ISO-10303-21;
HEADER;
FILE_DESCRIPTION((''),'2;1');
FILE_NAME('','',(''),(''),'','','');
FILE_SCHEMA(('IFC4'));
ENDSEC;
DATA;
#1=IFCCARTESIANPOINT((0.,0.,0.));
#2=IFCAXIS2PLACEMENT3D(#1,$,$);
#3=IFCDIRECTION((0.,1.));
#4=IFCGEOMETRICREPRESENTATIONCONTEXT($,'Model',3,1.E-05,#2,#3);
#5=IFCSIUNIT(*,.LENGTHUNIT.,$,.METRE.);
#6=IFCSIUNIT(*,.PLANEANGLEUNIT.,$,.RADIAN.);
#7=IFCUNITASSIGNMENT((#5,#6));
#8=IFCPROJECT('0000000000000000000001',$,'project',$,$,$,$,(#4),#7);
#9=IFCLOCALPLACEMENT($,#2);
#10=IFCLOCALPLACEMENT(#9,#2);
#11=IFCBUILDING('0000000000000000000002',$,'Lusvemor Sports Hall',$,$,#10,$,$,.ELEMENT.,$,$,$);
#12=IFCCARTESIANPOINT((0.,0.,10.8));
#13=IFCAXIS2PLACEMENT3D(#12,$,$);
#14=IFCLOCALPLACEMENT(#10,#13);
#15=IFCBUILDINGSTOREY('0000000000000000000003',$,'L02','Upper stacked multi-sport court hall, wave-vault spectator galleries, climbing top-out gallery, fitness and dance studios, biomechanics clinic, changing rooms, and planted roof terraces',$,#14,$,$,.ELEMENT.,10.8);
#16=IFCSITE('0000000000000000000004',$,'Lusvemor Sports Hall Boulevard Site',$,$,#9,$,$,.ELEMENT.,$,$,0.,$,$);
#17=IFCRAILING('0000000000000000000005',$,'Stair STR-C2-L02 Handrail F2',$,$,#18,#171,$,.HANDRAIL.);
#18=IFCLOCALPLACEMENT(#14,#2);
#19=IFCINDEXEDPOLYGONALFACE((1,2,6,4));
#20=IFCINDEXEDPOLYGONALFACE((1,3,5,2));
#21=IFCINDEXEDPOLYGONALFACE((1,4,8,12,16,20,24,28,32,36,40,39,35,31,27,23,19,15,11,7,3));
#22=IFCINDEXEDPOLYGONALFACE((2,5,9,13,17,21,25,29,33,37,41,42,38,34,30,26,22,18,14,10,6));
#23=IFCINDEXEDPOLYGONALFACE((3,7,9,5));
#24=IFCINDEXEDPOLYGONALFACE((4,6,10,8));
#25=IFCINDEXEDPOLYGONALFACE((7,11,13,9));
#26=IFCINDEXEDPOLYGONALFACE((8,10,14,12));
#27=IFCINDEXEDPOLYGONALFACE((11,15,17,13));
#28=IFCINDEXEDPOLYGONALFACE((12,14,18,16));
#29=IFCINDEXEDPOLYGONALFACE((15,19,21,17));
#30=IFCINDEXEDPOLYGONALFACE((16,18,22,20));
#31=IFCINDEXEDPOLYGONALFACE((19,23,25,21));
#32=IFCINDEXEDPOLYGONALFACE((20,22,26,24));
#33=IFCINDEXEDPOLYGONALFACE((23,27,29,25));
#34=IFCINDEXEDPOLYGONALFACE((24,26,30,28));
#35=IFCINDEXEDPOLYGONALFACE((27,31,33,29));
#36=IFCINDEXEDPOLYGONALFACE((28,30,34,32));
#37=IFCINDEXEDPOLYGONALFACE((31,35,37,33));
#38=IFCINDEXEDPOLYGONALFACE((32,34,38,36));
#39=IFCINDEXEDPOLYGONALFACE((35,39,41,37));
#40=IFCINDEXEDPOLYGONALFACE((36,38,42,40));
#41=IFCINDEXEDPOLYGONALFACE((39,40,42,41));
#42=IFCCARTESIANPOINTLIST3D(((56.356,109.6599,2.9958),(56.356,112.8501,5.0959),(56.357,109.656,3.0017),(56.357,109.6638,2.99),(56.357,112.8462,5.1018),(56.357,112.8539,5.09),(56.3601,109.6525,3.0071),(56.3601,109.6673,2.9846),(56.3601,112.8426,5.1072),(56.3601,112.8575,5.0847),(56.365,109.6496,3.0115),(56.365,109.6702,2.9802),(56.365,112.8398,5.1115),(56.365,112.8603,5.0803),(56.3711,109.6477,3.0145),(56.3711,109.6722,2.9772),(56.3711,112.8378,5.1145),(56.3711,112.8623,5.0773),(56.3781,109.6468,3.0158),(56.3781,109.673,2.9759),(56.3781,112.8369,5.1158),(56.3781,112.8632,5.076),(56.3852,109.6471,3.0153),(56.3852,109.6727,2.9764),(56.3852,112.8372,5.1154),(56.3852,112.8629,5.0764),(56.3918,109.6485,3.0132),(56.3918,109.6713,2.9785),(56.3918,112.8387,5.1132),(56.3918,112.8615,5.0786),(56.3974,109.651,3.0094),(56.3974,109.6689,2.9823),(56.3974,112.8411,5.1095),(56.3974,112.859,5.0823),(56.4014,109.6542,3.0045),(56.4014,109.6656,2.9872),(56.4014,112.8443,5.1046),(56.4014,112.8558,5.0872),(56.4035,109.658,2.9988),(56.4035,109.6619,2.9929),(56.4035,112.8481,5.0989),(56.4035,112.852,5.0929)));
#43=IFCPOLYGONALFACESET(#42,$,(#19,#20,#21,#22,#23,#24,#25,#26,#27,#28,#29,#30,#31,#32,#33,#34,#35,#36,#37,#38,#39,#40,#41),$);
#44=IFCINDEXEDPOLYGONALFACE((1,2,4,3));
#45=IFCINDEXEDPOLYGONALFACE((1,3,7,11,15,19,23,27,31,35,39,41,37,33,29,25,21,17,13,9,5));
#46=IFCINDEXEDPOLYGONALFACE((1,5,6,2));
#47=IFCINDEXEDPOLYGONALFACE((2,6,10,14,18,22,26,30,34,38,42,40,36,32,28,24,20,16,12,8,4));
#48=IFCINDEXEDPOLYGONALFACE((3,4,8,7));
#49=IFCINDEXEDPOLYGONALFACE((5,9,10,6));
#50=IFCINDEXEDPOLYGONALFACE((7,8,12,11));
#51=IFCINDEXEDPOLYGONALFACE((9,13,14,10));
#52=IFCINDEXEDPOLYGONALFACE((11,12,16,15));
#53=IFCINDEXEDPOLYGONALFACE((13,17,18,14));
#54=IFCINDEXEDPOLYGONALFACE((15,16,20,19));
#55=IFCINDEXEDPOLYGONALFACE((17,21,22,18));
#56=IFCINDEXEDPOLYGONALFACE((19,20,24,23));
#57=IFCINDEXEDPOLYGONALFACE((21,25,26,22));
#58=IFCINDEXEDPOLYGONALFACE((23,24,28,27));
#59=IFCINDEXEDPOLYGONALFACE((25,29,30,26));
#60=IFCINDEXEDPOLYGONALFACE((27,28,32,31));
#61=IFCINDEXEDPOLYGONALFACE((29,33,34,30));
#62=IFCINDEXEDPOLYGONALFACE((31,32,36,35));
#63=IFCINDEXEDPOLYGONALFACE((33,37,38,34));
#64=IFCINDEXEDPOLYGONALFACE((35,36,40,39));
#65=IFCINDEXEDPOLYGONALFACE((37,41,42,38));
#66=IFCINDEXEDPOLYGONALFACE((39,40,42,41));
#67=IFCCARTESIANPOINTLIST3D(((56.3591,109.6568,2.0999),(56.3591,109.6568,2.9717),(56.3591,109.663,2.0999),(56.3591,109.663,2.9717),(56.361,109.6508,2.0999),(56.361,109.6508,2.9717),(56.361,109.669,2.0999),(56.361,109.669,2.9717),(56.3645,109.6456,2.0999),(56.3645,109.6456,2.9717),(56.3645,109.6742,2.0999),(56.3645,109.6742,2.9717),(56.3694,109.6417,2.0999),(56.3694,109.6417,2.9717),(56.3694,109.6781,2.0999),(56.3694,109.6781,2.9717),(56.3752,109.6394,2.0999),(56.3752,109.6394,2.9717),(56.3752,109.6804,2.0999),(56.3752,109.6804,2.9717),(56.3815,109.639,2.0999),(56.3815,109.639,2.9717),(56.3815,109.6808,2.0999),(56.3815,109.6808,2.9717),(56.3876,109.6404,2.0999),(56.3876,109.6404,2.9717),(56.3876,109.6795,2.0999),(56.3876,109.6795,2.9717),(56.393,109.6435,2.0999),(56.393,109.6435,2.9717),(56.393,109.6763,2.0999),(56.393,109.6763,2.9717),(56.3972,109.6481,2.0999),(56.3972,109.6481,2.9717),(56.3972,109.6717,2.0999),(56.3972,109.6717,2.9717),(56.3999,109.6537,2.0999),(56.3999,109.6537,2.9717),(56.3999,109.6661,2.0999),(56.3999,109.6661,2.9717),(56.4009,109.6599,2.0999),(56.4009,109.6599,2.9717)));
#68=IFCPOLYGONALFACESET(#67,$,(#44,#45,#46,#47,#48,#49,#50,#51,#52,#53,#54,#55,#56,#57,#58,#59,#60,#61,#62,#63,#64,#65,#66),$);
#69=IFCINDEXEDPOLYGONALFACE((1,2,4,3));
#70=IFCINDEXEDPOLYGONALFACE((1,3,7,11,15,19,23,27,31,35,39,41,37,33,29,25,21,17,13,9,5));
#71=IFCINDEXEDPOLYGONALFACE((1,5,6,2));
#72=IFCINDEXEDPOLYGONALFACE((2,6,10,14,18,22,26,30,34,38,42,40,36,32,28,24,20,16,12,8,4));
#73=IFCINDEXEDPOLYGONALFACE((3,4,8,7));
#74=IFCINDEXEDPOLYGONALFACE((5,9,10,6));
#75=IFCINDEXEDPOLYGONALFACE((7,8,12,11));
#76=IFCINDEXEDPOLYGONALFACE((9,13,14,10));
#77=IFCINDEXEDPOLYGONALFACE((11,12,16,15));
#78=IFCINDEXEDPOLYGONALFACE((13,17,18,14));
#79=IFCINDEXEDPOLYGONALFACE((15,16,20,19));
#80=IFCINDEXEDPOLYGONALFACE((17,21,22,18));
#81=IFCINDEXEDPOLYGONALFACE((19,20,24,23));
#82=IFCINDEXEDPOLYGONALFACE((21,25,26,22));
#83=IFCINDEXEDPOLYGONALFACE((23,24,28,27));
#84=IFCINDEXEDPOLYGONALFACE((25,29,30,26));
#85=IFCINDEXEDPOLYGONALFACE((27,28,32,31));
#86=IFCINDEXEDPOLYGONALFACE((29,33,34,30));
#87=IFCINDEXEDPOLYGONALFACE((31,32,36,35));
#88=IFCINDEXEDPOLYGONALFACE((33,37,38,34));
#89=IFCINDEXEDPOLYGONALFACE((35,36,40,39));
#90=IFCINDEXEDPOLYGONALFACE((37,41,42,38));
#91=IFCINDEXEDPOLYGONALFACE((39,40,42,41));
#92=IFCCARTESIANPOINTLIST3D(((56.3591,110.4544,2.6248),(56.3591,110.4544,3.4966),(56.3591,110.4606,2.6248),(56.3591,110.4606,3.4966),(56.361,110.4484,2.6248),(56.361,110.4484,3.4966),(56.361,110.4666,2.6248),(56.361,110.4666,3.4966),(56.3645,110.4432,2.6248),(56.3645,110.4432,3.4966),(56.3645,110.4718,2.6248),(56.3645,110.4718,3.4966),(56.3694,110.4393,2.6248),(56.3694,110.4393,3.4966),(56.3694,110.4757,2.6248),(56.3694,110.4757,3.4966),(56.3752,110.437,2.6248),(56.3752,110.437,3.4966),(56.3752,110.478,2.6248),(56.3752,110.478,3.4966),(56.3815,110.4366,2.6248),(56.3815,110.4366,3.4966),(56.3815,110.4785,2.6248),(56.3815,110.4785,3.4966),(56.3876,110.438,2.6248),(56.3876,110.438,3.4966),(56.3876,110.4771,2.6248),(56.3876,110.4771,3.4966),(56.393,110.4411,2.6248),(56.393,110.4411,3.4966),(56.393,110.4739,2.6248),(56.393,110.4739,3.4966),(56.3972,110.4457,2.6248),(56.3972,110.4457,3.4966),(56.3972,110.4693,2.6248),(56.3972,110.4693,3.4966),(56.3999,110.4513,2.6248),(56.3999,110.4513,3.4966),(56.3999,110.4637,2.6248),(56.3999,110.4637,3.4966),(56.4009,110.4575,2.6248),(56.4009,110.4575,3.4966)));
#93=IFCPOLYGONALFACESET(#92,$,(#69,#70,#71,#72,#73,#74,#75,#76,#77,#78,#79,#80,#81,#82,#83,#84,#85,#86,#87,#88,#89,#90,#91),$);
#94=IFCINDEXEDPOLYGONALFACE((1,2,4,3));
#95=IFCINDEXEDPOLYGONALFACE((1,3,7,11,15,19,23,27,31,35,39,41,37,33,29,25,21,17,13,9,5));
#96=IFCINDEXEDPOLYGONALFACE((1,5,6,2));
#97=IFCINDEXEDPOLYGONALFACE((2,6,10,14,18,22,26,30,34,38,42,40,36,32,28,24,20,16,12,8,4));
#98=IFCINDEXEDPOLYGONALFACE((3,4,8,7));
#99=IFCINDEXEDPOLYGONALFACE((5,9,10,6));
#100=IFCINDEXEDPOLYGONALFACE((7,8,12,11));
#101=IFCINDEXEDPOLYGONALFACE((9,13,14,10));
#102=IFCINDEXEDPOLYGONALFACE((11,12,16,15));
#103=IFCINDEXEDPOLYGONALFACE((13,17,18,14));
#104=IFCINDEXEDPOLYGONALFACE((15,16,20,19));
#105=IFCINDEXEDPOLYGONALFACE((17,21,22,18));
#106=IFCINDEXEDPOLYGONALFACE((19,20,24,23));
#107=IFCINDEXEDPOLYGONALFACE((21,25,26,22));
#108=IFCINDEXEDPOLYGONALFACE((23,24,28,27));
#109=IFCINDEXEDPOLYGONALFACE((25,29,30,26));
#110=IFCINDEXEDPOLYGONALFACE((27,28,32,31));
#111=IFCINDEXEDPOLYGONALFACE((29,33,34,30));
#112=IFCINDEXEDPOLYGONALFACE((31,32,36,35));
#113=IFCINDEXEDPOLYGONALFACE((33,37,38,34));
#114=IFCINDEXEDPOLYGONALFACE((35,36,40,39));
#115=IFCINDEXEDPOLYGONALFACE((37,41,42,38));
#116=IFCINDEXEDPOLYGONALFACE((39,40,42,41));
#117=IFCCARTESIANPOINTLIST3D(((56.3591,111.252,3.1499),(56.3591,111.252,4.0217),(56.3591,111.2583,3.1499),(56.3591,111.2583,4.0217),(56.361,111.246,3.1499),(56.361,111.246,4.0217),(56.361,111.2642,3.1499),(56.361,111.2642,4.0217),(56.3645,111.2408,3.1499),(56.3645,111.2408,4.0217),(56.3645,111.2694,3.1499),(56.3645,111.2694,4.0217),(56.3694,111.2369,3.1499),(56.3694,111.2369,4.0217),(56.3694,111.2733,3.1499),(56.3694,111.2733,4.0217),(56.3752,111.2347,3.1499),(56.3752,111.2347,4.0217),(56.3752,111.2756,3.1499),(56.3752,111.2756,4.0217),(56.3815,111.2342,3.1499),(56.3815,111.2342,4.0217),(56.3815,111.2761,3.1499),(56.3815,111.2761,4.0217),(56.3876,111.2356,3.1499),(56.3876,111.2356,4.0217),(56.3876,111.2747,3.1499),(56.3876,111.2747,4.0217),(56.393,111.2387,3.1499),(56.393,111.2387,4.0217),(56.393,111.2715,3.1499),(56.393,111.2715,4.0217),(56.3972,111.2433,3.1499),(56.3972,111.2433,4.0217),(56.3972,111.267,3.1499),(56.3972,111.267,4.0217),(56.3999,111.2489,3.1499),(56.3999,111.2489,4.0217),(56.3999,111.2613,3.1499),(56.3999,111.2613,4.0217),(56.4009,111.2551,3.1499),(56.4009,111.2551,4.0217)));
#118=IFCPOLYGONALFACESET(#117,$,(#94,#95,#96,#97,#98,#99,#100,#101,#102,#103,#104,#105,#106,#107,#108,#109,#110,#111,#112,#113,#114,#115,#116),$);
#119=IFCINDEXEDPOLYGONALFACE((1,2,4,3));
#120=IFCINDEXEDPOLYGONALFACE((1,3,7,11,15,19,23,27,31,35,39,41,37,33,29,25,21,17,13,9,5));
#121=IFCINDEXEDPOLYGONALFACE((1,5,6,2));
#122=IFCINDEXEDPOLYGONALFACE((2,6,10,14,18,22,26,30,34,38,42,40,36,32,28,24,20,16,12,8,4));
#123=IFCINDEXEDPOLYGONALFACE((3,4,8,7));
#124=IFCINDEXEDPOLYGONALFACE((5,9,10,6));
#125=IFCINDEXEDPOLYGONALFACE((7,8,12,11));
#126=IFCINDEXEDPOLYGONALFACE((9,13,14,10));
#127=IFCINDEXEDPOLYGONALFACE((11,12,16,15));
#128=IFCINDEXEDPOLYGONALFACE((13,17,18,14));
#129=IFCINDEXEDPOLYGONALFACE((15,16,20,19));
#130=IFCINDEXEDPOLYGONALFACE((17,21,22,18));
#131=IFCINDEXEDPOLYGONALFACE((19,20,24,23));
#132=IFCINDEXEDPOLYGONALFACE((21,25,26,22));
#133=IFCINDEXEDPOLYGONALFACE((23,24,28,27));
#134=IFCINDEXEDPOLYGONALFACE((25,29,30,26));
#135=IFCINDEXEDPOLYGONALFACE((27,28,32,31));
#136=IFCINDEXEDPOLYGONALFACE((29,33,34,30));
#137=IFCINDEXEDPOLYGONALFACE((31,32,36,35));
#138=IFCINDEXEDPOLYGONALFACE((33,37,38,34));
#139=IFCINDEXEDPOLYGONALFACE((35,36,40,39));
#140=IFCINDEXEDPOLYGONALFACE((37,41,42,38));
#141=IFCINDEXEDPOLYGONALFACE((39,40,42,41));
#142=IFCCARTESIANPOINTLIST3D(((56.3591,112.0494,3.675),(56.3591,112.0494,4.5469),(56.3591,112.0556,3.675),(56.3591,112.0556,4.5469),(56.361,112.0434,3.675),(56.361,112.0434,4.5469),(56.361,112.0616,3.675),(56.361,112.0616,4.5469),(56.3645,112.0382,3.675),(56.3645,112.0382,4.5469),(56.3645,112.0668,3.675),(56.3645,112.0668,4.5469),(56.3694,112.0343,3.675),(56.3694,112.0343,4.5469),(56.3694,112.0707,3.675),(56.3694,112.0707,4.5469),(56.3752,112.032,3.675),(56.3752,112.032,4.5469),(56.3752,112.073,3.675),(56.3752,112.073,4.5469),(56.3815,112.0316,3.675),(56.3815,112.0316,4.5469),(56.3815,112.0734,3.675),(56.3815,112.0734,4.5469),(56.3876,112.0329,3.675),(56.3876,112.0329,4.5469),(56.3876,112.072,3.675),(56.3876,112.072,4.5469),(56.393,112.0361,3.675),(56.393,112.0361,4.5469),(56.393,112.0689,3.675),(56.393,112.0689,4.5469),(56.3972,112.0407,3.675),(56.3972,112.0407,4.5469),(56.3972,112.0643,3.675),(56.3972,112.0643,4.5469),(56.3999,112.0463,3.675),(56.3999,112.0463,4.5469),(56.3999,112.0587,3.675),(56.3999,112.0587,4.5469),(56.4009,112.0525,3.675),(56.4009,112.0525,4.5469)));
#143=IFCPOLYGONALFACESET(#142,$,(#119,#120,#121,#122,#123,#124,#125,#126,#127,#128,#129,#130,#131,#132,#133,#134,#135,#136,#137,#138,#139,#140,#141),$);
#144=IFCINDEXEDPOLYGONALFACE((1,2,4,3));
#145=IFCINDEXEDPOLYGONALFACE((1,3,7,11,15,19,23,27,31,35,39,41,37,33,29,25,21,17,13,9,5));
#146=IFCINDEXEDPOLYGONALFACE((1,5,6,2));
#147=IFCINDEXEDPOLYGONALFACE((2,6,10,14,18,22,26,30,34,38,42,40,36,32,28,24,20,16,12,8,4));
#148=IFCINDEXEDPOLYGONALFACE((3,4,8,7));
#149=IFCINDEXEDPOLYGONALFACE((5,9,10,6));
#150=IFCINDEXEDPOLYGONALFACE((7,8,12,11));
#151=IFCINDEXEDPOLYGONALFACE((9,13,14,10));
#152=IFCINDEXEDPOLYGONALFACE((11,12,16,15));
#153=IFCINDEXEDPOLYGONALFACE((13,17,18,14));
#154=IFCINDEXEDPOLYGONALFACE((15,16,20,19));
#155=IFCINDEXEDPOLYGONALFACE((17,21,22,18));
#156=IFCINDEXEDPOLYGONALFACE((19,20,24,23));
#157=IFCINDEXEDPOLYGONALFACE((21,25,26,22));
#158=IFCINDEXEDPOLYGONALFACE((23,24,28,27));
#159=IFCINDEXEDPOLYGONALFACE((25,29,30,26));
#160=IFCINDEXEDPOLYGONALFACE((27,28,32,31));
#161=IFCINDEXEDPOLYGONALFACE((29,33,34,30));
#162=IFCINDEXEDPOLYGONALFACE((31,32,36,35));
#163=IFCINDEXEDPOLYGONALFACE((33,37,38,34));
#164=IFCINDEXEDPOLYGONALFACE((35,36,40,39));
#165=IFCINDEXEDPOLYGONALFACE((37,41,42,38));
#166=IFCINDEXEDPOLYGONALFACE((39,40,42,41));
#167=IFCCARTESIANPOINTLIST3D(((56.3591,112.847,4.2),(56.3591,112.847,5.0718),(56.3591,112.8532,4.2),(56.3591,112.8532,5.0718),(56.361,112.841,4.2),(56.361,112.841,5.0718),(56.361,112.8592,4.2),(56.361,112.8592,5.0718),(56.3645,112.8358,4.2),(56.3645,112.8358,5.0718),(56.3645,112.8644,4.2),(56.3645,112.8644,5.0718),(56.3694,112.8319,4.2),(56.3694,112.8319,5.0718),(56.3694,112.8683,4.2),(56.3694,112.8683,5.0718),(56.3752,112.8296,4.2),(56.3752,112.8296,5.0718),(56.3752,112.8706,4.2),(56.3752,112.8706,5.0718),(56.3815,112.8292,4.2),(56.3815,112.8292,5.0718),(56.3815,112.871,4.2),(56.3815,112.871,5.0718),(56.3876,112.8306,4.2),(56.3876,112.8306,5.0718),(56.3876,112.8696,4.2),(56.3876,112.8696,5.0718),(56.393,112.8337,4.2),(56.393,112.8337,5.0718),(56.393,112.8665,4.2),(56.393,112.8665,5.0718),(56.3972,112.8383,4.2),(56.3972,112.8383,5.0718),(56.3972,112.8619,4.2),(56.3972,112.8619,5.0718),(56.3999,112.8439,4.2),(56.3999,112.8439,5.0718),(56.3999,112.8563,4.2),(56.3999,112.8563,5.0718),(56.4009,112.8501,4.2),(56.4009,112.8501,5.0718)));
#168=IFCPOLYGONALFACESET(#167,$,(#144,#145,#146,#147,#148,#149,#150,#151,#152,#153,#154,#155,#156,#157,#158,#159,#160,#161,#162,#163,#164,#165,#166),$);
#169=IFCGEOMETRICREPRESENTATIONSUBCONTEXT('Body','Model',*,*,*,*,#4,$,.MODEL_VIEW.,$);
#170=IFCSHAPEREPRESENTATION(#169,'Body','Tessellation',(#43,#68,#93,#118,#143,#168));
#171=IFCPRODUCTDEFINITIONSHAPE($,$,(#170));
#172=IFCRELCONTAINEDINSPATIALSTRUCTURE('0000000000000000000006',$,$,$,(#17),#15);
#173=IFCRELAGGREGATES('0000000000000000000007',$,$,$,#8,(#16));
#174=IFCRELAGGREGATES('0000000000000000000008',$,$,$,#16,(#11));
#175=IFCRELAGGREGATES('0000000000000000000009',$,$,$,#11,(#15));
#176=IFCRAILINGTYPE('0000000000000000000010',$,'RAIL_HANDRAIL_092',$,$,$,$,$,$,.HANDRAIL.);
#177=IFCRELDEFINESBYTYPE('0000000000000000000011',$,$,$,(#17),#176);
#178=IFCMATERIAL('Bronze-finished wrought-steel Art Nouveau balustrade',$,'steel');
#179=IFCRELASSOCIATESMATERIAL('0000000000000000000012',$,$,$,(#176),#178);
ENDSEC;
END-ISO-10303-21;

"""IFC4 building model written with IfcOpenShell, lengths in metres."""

from ifc_helpers import new_model, si_unit, direction, frame, origin, origin_2d, place, context, subcontext, project, spatial, circle, extrude, material, type_object, element, save


model = new_model("IFC4")

# Units and contexts
model_context = context("Model", 3, precision=1e-05, world=origin(), true_north=direction((0.0, 1.0)))
body_context = subcontext(model_context, "Body", "Model", "MODEL_VIEW")
ifc_project = project(units=[si_unit("LENGTHUNIT", "METRE"), si_unit("PLANEANGLEUNIT", "RADIAN")], contexts=[model_context])

# Site, building, storey
site_placement = place(None, origin())
site = spatial("IfcSite", under=ifc_project, at=site_placement, Name="Lusvemor Sports Hall Boulevard Site", CompositionType="ELEMENT", RefElevation=0.0)
building_placement = place(site_placement, origin())
building = spatial("IfcBuilding", under=site, at=building_placement, Name="Lusvemor Sports Hall", CompositionType="ELEMENT")
storey_placement = place(building_placement, frame((0.0, 0.0, 10.8)))
storey = spatial("IfcBuildingStorey", under=building, at=storey_placement, Name="L02", Description="Upper stacked multi-sport court hall, wave-vault spectator galleries, climbing top-out gallery, fitness and dance studios, biomechanics clinic, changing rooms, and planted roof terraces", CompositionType="ELEMENT", Elevation=10.8)

# Railing
ifc_material_1 = material(Name="Bronze-finished wrought-steel Art Nouveau balustrade", Category="steel")
railing_type_1 = type_object("IfcRailingType", Name="RAIL_HANDRAIL_092", PredefinedType="HANDRAIL", material=ifc_material_1)
railing_1_placement = place(storey_placement, frame((56.3799, 109.6599, 2.0999)))
element("IfcRailing", 1, at=railing_1_placement, inside=storey, type_object=railing_type_1, Name="Stair STR-C2-L02 Handrail F2", PredefinedType="HANDRAIL", context=body_context, shape_type="SweptSolid", body=[
    extrude(circle(Radius=0.0239, at=origin_2d()), frame((0.0, 0.0, 0.896), z_axis=(0.0, 0.835262, 0.549852), x_axis=(-1.0, 0.0, 0.0)), (0.0, 0.0, 1.0), 3.8193),
    extrude(circle(Radius=0.021, at=origin_2d()), origin(), (0.0, 0.0, 1.0), 0.8718),
    extrude(circle(Radius=0.021, at=origin_2d()), frame((0.0, 0.7976, 0.5249)), (0.0, 0.0, 1.0), 0.8718),
    extrude(circle(Radius=0.021, at=origin_2d()), frame((0.0, 1.5952, 1.05)), (0.0, 0.0, 1.0), 0.8718),
    extrude(circle(Radius=0.021, at=origin_2d()), frame((0.0, 2.3926, 1.5752)), (0.0, 0.0, 1.0), 0.8718),
    extrude(circle(Radius=0.021, at=origin_2d()), frame((0.0, 3.1902, 2.1001)), (0.0, 0.0, 1.0), 0.8718),
])

save(model, "model.ifc")
